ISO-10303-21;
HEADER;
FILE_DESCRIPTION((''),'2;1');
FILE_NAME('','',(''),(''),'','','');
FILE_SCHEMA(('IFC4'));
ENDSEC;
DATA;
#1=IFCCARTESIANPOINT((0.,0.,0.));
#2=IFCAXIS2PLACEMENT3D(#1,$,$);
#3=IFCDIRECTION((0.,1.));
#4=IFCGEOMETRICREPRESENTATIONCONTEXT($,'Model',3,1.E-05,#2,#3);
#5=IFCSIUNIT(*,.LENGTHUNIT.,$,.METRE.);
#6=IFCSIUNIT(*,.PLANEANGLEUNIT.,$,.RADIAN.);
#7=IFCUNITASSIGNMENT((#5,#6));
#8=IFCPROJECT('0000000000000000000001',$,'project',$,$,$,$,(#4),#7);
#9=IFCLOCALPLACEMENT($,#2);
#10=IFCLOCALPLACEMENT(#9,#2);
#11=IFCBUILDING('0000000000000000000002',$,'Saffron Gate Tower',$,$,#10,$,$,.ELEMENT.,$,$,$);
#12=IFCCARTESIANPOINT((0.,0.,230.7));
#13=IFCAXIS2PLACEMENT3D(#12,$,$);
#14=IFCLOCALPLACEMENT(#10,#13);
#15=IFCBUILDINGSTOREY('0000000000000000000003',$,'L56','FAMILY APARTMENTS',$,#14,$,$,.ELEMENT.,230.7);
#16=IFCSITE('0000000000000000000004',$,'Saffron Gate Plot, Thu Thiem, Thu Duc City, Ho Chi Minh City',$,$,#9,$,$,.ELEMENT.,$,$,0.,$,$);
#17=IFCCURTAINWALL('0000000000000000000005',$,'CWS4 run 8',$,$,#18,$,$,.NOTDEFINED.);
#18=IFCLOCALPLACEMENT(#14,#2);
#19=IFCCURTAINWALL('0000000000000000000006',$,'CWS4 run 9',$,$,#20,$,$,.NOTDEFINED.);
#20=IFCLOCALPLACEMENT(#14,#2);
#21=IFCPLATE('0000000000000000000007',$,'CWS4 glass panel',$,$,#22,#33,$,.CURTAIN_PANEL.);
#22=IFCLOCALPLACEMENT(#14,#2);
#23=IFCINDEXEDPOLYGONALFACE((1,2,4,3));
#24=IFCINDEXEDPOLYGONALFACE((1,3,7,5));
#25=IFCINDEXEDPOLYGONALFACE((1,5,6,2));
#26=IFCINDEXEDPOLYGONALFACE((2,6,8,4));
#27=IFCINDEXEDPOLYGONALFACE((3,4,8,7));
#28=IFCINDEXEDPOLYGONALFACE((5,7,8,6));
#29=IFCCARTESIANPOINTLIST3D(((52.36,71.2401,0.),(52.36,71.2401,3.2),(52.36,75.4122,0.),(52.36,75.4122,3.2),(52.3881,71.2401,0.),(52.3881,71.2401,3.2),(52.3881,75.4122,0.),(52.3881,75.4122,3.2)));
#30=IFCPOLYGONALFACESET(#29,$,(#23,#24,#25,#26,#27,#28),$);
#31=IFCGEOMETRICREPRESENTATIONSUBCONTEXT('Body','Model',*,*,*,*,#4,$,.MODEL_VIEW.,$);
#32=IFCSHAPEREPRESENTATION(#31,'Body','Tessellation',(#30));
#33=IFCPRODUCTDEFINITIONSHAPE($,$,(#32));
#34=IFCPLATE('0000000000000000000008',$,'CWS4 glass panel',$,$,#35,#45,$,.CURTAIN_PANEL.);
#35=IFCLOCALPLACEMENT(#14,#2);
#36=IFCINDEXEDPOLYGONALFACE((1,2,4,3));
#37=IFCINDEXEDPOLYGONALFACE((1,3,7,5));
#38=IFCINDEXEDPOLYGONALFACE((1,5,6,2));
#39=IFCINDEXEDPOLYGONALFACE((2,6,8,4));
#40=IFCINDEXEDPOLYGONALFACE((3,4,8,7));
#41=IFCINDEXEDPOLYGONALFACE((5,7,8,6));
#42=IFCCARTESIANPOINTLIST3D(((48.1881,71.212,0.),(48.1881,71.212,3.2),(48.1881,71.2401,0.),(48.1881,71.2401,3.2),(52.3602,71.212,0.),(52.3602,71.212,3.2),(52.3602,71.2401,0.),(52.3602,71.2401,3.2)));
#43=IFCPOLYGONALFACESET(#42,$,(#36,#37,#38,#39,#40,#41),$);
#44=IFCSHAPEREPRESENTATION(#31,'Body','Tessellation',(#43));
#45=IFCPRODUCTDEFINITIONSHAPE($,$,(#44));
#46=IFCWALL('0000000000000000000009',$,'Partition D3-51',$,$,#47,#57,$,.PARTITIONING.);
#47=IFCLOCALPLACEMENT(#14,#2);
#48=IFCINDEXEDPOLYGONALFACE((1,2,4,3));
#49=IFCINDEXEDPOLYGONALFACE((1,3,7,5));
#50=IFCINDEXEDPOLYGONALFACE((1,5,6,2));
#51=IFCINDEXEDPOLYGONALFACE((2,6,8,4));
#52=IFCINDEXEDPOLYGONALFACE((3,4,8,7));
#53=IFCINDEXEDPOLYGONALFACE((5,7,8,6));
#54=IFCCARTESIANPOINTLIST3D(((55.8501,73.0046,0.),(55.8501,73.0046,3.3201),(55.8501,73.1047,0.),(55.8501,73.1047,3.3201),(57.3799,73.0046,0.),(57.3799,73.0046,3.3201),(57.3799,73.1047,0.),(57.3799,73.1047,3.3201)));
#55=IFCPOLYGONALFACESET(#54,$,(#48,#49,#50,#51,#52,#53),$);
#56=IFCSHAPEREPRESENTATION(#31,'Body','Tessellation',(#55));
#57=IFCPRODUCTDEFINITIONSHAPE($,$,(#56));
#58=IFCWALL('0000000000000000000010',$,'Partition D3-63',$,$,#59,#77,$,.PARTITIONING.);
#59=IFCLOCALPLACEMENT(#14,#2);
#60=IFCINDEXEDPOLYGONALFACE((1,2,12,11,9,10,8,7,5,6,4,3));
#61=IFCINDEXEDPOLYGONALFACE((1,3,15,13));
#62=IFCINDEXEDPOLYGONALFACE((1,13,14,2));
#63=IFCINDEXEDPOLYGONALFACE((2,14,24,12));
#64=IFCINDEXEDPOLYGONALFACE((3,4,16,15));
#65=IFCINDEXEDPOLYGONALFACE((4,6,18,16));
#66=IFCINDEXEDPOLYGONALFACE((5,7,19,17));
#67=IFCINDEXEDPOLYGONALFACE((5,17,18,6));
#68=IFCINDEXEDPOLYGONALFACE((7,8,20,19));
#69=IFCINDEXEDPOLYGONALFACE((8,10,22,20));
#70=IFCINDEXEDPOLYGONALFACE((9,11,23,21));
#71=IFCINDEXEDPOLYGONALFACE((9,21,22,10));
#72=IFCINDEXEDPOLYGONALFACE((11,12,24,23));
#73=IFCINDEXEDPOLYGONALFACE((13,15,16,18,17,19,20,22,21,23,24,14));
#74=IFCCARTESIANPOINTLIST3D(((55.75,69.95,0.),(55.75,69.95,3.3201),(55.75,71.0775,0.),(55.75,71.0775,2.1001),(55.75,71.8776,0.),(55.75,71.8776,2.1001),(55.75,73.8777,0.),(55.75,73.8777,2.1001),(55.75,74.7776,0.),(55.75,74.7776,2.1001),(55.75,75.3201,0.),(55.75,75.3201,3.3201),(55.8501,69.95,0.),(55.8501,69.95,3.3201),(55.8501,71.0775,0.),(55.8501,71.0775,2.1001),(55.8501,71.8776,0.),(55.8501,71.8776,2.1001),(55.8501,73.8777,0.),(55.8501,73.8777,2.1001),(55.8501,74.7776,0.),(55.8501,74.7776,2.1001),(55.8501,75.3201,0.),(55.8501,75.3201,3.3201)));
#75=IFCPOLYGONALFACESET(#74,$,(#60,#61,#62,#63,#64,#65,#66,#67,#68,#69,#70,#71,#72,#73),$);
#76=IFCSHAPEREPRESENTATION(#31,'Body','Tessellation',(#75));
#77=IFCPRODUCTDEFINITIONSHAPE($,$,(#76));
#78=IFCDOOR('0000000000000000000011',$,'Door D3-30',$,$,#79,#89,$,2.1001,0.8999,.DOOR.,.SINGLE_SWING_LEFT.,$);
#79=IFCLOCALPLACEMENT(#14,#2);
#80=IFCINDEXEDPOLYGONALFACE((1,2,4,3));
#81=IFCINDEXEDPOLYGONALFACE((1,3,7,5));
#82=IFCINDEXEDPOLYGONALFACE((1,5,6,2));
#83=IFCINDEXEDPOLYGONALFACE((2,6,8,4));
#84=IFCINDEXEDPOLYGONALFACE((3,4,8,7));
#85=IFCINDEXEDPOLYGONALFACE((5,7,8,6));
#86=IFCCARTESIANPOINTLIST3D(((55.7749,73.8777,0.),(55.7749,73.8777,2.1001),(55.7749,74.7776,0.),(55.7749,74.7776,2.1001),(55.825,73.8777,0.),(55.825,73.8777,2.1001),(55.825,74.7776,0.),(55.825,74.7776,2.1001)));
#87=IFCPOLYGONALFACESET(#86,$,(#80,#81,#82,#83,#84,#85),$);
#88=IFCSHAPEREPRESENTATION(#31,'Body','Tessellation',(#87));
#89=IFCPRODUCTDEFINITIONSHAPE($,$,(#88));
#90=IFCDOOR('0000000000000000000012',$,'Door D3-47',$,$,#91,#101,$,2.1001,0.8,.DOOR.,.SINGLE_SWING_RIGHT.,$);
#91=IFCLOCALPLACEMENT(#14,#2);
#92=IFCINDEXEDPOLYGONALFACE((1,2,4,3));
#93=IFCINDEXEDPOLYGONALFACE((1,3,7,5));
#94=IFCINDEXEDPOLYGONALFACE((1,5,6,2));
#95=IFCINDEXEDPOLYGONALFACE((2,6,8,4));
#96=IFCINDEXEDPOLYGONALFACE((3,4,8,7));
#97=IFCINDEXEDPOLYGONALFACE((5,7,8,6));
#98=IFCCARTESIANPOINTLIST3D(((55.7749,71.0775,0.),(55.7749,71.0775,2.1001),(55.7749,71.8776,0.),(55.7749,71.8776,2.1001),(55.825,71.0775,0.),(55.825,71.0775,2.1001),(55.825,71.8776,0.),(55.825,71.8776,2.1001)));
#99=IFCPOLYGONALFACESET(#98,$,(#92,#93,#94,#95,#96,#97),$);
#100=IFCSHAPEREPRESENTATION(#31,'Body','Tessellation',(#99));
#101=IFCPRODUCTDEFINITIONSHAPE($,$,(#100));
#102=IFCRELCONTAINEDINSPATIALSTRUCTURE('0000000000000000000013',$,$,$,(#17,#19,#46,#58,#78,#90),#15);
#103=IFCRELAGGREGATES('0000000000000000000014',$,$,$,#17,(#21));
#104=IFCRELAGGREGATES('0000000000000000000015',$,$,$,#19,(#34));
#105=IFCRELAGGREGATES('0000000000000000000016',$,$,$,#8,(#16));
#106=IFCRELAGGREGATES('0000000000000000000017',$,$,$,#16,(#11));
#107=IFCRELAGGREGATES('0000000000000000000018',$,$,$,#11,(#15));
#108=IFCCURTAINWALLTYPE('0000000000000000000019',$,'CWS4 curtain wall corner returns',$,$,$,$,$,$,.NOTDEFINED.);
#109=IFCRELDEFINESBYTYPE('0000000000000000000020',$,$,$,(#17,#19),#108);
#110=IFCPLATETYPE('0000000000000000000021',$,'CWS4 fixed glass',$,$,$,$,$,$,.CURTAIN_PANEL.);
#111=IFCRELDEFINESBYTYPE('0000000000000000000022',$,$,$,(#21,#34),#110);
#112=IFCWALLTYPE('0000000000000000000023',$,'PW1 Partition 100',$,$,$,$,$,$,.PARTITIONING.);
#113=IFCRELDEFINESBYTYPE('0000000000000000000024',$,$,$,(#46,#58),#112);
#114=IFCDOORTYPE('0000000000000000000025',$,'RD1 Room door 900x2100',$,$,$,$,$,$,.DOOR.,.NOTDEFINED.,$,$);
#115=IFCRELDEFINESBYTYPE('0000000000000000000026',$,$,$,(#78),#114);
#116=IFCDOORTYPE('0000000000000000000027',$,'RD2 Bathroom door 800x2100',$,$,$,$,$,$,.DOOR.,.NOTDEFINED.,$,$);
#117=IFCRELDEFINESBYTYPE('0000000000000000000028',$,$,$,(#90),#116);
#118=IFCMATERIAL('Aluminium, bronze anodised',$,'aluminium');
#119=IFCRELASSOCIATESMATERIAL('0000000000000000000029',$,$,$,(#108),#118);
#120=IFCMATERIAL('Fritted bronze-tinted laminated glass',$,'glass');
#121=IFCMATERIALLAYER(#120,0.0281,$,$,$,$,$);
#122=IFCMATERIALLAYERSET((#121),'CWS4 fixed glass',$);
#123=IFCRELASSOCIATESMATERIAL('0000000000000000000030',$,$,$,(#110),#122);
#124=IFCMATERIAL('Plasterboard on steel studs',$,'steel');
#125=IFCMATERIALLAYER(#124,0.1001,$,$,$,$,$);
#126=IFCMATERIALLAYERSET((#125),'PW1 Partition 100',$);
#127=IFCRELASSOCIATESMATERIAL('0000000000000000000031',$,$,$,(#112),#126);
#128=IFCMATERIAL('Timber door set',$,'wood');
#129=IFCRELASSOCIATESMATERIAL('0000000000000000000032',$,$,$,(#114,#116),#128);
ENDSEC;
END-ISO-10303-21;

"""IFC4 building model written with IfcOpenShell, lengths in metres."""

from ifc_helpers import new_model, si_unit, direction, frame, frame_2d, origin, place, context, subcontext, project, spatial, rectangle, extrude, material, layer, layer_set, type_object, element, fill, aggregate, save


model = new_model("IFC4")

# Units and contexts
model_context = context("Model", 3, precision=1e-05, world=origin(), true_north=direction((0.0, 1.0)))
body_context = subcontext(model_context, "Body", "Model", "MODEL_VIEW")
ifc_project = project(units=[si_unit("LENGTHUNIT", "METRE"), si_unit("PLANEANGLEUNIT", "RADIAN")], contexts=[model_context])

# Site, building, storey
site_placement = place(None, origin())
site = spatial("IfcSite", under=ifc_project, at=site_placement, Name="Saffron Gate Plot, Thu Thiem, Thu Duc City, Ho Chi Minh City", CompositionType="ELEMENT", RefElevation=0.0)
building_placement = place(site_placement, origin())
building = spatial("IfcBuilding", under=site, at=building_placement, Name="Saffron Gate Tower", CompositionType="ELEMENT")
storey_placement = place(building_placement, frame((0.0, 0.0, 230.7)))
storey = spatial("IfcBuildingStorey", under=building, at=storey_placement, Name="L56", Description="FAMILY APARTMENTS", CompositionType="ELEMENT", Elevation=230.7)

# Shared definitions
ifc_material_1 = material(Name="Aluminium, bronze anodised", Category="aluminium")

# Curtain walls
curtain_wall_type_1 = type_object("IfcCurtainWallType", Name="CWS4 curtain wall corner returns", PredefinedType="NOTDEFINED", material=ifc_material_1)
curtain_wall_1_placement = place(storey_placement, origin())
curtain_wall_1 = element("IfcCurtainWall", 1, at=curtain_wall_1_placement, inside=storey, type_object=curtain_wall_type_1, Name="CWS4 run 8", PredefinedType="NOTDEFINED")
curtain_wall_2_placement = place(storey_placement, origin())
curtain_wall_2 = element("IfcCurtainWall", 2, at=curtain_wall_2_placement, inside=storey, type_object=curtain_wall_type_1, Name="CWS4 run 9", PredefinedType="NOTDEFINED")

# Shared definitions
ifc_material_2 = material(Name="Fritted bronze-tinted laminated glass", Category="glass")

# Plates
ifc_layer_1 = layer(ifc_material_2, 0.0281)
ifc_layer_set_1 = layer_set([ifc_layer_1], Name="CWS4 fixed glass")
plate_type_1 = type_object("IfcPlateType", Name="CWS4 fixed glass", PredefinedType="CURTAIN_PANEL", material=ifc_layer_set_1)
plate_1_placement = place(storey_placement, frame((52.374, 75.4121, 0.0), z_axis=(0.0, 0.0, 1.0), x_axis=(0.0, -1.0, 0.0)))
plate_1 = element("IfcPlate", 3, at=plate_1_placement, type_object=plate_type_1, Name="CWS4 glass panel", PredefinedType="CURTAIN_PANEL", context=body_context, shape_type="SweptSolid", body=[
    extrude(rectangle(XDim=4.1721, YDim=0.0281, at=frame_2d((2.0859, 0.0))), origin(), (0.0, 0.0, 1.0), 3.2),
])
aggregate(curtain_wall_1, [plate_1])
plate_2_placement = place(storey_placement, frame((52.3601, 71.2261, 0.0), z_axis=(0.0, 0.0, 1.0), x_axis=(-1.0, 0.0, 0.0)))
plate_2 = element("IfcPlate", 4, at=plate_2_placement, type_object=plate_type_1, Name="CWS4 glass panel", PredefinedType="CURTAIN_PANEL", context=body_context, shape_type="SweptSolid", body=[
    extrude(rectangle(XDim=4.1721, YDim=0.0281, at=frame_2d((2.0859, 0.0))), origin(), (0.0, 0.0, 1.0), 3.2),
])
aggregate(curtain_wall_2, [plate_2])

# Wall
ifc_material_3 = material(Name="Plasterboard on steel studs", Category="steel")
ifc_layer_2 = layer(ifc_material_3, 0.1001)
ifc_layer_set_2 = layer_set([ifc_layer_2], Name="PW1 Partition 100")
wall_type = type_object("IfcWallType", Name="PW1 Partition 100", PredefinedType="PARTITIONING", material=ifc_layer_set_2)
wall_1_placement = place(storey_placement, frame((55.8501, 73.0547, 0.0), z_axis=(0.0, 0.0, 1.0), x_axis=(1.0, 0.0, 0.0)))
element("IfcWall", 5, at=wall_1_placement, inside=storey, type_object=wall_type, Name="Partition D3-51", PredefinedType="PARTITIONING", context=body_context, shape_type="SweptSolid", body=[
    extrude(rectangle(XDim=1.5298, YDim=0.1001, at=frame_2d((0.7649, 0.0))), origin(), (0.0, 0.0, 1.0), 3.3201),
])

# Wall, openings, doors
wall_2_placement = place(storey_placement, frame((55.8, 75.3201, 0.0), z_axis=(0.0, 0.0, 1.0), x_axis=(0.0, -1.0, 0.0)))
wall_2 = element("IfcWall", 6, at=wall_2_placement, inside=storey, type_object=wall_type, Name="Partition D3-63", PredefinedType="PARTITIONING", context=body_context, shape_type="SweptSolid", body=[
    extrude(rectangle(XDim=5.3701, YDim=0.1001, at=frame_2d((2.6851, 0.0))), origin(), (0.0, 0.0, 1.0), 3.3201),
])
opening_1_placement = place(wall_2_placement, frame((0.5425, 0.0, 0.0)))
opening_1 = element("IfcOpeningElement", 7, at=opening_1_placement, cuts=wall_2, PredefinedType="OPENING", context=body_context, shape_type="SweptSolid", body=[
    extrude(rectangle(XDim=0.8999, YDim=2.1001, at=frame_2d((0.45, 1.05))), frame((0.0, 0.0601, 0.0), z_axis=(0.0, -1.0, 0.0), x_axis=(1.0, 0.0, 0.0)), (0.0, 0.0, 1.0), 0.1201),
])
opening_2_placement = place(wall_2_placement, frame((3.4426, 0.0, 0.0)))
opening_2 = element("IfcOpeningElement", 8, at=opening_2_placement, cuts=wall_2, PredefinedType="OPENING", context=body_context, shape_type="SweptSolid", body=[
    extrude(rectangle(XDim=0.8, YDim=2.1001, at=frame_2d((0.3999, 1.05))), frame((0.0, 0.0601, 0.0), z_axis=(0.0, -1.0, 0.0), x_axis=(1.0, 0.0, 0.0)), (0.0, 0.0, 1.0), 0.1201),
])
ifc_material_4 = material(Name="Timber door set", Category="wood")
door_type_1 = type_object("IfcDoorType", Name="RD1 Room door 900x2100", OperationType="NOTDEFINED", PredefinedType="DOOR", material=ifc_material_4)
door_1_placement = place(opening_1_placement, origin())
door_1 = element("IfcDoor", 9, at=door_1_placement, inside=storey, type_object=door_type_1, Name="Door D3-30", OperationType="SINGLE_SWING_LEFT", OverallHeight=2.1001, OverallWidth=0.8999, PredefinedType="DOOR", context=body_context, shape_type="SweptSolid", body=[
    extrude(rectangle(XDim=0.8999, YDim=2.1001, at=frame_2d((0.45, 1.05))), frame((0.0, 0.0249, 0.0), z_axis=(0.0, -1.0, 0.0), x_axis=(1.0, 0.0, 0.0)), (0.0, 0.0, 1.0), 0.05),
])
fill(opening_1, door_1)
door_type_2 = type_object("IfcDoorType", Name="RD2 Bathroom door 800x2100", OperationType="NOTDEFINED", PredefinedType="DOOR", material=ifc_material_4)
door_2_placement = place(opening_2_placement, origin())
door_2 = element("IfcDoor", 10, at=door_2_placement, inside=storey, type_object=door_type_2, Name="Door D3-47", OperationType="SINGLE_SWING_RIGHT", OverallHeight=2.1001, OverallWidth=0.8, PredefinedType="DOOR", context=body_context, shape_type="SweptSolid", body=[
    extrude(rectangle(XDim=0.8, YDim=2.1001, at=frame_2d((0.3999, 1.05))), frame((0.0, 0.0249, 0.0), z_axis=(0.0, -1.0, 0.0), x_axis=(1.0, 0.0, 0.0)), (0.0, 0.0, 1.0), 0.05),
])
fill(opening_2, door_2)

save(model, "model.ifc")
